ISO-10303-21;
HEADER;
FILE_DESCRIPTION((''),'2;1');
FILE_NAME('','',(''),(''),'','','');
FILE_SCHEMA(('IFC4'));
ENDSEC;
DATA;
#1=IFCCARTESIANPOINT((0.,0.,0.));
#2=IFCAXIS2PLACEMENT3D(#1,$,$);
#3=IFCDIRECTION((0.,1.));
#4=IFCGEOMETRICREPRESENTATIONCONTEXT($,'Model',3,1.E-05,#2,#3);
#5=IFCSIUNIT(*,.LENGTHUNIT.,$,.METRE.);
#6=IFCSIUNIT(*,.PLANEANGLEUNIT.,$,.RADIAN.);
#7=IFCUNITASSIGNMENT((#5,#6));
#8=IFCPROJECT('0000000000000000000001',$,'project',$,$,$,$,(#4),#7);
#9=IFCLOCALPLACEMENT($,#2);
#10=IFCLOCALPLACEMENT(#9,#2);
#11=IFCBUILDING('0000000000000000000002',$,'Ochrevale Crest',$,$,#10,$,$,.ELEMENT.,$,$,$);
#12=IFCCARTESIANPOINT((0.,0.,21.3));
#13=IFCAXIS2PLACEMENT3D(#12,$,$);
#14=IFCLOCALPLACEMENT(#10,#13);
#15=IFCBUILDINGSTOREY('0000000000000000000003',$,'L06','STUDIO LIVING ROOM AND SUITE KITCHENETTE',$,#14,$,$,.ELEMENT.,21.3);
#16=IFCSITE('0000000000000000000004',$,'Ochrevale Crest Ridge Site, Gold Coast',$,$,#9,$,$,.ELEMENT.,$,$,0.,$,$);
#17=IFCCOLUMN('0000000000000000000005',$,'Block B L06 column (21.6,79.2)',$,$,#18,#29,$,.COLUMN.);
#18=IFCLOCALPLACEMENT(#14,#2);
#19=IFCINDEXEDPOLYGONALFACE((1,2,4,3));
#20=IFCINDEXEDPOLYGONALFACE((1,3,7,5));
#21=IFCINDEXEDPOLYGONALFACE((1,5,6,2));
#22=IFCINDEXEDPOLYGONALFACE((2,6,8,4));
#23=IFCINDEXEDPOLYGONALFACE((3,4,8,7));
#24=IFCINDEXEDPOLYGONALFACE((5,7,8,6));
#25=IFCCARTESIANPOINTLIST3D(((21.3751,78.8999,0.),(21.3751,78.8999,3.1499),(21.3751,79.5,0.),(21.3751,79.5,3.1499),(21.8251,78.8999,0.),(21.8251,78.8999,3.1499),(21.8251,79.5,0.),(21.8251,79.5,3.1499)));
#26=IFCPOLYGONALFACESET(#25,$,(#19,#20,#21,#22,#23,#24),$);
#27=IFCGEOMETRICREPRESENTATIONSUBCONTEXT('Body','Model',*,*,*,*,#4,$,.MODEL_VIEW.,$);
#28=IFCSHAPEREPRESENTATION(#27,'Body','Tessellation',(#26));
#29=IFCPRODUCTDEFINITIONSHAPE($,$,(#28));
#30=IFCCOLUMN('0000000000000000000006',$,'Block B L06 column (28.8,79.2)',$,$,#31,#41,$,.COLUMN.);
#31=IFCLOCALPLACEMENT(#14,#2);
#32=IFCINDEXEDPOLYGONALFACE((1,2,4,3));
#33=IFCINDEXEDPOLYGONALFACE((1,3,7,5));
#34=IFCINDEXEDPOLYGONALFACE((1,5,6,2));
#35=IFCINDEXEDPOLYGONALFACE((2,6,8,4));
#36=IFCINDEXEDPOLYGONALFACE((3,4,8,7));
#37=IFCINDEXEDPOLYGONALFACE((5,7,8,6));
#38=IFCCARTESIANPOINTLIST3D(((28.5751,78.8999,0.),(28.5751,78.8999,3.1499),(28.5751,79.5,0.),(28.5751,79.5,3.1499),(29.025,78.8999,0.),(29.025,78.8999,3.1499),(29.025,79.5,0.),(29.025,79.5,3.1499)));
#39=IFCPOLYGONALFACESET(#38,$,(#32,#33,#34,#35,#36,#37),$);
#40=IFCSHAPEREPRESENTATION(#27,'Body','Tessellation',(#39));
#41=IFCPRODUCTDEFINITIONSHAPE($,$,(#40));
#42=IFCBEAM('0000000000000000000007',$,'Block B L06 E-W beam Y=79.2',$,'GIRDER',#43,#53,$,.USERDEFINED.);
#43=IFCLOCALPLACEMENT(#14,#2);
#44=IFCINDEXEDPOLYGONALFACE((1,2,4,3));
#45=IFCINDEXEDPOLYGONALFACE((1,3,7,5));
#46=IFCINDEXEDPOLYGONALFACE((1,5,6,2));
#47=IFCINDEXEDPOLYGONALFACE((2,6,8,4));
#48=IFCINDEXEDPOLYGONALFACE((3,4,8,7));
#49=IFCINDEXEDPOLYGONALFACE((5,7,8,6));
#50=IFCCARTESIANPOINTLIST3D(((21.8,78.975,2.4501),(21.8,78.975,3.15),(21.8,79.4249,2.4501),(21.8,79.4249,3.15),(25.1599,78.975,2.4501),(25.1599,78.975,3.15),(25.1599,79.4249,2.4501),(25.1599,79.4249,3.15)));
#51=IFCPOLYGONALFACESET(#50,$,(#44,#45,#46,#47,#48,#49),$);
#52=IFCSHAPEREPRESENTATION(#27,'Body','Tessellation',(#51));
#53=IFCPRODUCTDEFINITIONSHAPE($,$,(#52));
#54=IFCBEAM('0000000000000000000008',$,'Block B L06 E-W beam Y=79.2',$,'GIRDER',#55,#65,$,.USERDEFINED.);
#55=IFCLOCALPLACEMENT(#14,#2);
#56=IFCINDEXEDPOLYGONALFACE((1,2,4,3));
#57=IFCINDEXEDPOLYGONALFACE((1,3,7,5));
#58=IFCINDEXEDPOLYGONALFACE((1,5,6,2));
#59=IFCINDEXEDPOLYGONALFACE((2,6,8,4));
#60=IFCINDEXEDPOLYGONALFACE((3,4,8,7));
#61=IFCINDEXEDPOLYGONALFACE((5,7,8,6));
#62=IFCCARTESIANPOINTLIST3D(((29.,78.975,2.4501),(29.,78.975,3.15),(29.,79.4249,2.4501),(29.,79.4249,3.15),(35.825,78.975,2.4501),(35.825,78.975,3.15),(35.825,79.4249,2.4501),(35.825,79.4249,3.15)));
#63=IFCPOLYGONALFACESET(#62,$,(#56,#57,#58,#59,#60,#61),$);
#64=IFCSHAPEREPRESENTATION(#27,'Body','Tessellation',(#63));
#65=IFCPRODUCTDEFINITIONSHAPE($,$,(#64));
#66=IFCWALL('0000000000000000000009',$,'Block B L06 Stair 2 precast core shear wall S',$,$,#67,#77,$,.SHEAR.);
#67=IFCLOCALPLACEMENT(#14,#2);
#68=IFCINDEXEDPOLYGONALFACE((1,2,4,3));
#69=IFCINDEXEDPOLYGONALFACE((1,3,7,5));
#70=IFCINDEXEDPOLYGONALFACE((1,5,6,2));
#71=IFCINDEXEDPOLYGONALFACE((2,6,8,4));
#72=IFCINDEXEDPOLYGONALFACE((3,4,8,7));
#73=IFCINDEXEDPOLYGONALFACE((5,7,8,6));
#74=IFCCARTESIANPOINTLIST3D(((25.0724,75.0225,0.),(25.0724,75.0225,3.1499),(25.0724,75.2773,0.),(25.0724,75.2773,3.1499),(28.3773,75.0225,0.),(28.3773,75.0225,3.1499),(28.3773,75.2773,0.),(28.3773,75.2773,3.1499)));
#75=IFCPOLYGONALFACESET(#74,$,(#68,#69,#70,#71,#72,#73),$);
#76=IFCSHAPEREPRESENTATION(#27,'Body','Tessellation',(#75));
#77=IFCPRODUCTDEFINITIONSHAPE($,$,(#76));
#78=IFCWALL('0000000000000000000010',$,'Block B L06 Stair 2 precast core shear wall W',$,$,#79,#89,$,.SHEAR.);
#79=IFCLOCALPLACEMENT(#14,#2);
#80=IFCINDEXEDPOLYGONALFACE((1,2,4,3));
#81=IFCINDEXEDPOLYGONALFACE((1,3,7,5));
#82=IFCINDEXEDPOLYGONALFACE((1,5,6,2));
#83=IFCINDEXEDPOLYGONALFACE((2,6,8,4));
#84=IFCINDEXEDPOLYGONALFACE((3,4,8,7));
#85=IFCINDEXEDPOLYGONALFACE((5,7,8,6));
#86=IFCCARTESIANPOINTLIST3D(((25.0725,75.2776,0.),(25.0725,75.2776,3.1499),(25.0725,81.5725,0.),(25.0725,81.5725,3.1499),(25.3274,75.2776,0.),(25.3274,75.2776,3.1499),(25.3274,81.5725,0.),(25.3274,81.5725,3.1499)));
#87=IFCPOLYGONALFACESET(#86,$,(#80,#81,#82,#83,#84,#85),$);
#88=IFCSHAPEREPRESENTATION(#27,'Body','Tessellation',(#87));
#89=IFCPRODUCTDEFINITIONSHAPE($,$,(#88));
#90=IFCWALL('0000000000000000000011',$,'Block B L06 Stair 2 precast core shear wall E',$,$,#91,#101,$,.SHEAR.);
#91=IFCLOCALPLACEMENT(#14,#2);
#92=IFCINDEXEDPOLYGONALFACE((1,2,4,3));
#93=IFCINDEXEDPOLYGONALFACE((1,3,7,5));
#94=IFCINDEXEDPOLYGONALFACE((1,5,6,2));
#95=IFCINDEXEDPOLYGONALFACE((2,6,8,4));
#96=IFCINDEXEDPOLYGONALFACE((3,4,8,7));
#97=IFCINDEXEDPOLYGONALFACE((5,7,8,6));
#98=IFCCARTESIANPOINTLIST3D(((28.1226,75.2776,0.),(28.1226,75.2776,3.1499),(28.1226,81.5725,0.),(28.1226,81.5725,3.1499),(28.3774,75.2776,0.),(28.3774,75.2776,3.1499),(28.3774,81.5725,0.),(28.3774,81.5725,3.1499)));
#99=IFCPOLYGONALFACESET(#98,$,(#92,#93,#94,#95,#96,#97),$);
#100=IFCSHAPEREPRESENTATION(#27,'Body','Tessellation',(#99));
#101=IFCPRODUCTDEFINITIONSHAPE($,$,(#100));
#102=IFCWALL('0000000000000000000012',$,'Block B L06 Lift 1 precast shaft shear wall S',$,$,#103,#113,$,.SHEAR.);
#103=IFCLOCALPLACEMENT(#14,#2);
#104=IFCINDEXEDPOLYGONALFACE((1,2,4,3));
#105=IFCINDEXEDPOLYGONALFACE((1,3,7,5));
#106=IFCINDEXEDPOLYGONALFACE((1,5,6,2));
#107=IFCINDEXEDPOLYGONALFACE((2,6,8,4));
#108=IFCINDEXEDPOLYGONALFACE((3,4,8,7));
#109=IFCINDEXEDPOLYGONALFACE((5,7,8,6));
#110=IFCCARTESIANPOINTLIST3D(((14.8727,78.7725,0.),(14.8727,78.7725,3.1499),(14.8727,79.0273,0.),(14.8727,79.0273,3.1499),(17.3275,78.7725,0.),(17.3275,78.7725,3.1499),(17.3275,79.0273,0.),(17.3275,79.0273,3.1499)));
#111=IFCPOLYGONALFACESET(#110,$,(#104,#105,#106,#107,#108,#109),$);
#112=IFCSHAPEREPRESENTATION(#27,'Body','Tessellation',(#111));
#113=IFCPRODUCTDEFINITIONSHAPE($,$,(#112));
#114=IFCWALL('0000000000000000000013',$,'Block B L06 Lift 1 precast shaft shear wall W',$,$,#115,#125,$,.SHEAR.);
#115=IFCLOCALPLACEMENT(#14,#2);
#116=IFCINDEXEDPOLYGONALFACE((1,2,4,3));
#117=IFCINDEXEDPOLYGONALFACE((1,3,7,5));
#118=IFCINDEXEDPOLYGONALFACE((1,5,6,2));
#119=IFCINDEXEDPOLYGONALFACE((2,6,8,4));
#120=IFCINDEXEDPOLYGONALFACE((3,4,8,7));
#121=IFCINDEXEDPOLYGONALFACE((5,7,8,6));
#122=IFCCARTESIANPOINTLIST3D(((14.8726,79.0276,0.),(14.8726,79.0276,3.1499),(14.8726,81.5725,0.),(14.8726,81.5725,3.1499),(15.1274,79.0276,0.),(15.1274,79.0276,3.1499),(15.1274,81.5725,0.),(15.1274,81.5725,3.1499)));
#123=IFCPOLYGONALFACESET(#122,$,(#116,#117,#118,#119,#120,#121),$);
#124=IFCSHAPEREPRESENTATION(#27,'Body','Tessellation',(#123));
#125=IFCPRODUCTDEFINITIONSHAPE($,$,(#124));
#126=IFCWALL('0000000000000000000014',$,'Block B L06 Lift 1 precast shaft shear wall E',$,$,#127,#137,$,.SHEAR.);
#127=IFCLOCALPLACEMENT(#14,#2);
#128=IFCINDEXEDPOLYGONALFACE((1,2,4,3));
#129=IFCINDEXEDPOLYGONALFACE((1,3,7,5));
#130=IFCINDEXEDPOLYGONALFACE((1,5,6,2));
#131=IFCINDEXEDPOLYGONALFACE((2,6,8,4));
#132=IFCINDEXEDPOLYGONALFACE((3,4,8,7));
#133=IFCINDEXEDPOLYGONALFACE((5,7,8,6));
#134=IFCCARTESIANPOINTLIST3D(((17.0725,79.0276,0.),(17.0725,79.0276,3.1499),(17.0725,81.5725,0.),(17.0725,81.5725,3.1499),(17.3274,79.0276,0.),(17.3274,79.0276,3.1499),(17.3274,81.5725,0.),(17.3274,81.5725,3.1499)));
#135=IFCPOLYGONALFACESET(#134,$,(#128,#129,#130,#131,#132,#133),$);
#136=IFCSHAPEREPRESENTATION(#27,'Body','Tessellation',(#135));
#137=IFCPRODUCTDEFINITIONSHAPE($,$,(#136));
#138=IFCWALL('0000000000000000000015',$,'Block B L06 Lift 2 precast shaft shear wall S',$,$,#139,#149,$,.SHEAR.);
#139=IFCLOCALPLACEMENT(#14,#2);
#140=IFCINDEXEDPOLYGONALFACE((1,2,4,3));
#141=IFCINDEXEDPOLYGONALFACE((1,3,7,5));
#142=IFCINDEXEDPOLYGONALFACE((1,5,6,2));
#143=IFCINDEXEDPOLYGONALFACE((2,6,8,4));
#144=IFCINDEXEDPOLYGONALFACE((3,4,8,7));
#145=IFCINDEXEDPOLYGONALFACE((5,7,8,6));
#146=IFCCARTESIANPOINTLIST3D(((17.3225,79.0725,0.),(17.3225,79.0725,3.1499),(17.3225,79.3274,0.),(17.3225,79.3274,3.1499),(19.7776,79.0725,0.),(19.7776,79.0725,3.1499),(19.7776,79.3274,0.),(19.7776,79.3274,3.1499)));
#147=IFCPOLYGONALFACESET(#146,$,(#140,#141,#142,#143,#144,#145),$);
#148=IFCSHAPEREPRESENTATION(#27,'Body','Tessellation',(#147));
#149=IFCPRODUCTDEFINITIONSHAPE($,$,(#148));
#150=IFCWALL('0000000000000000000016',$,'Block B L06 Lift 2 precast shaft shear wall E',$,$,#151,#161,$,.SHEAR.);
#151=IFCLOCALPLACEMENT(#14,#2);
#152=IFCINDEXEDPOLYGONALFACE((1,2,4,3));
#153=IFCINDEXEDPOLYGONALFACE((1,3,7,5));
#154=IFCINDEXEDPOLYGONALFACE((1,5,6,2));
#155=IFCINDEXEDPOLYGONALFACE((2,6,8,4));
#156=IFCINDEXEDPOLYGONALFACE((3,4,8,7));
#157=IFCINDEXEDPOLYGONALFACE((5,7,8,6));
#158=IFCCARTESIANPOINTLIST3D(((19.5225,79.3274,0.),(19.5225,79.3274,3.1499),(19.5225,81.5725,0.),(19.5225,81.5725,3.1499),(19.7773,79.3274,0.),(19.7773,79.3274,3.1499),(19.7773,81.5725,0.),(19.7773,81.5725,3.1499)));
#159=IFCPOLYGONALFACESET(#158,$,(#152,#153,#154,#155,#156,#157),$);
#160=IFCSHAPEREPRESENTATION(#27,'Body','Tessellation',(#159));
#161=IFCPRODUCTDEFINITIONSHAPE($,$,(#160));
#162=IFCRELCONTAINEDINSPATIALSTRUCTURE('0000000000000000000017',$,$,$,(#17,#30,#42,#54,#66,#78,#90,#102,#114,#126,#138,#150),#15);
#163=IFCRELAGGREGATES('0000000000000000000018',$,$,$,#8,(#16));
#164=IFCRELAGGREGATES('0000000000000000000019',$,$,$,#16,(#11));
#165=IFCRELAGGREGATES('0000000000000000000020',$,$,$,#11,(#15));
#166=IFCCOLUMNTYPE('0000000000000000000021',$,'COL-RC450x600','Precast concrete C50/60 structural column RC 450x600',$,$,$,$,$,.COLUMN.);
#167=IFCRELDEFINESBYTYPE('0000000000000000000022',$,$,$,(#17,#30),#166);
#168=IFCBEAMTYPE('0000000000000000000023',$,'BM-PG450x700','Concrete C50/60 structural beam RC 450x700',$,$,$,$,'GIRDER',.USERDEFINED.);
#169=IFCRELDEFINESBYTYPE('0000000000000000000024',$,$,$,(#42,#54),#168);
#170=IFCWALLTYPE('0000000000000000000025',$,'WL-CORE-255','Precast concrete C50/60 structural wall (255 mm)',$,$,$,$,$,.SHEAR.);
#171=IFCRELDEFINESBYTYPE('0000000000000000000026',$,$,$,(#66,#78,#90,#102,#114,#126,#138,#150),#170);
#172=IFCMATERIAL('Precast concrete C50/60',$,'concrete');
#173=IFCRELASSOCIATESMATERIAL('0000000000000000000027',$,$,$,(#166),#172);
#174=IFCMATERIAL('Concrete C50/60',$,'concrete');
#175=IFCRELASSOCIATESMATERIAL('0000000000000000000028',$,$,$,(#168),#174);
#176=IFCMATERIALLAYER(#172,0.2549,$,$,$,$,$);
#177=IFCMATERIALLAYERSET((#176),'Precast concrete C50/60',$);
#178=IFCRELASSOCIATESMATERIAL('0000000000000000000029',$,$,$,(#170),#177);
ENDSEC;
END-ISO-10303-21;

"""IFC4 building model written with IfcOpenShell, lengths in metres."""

from ifc_helpers import new_model, si_unit, direction, frame, frame_2d, origin, origin_2d, place, context, subcontext, project, spatial, rectangle, extrude, material, layer, layer_set, material_profile, profile_set, type_object, element, save


model = new_model("IFC4")

# Units and contexts
model_context = context("Model", 3, precision=1e-05, world=origin(), true_north=direction((0.0, 1.0)))
body_context = subcontext(model_context, "Body", "Model", "MODEL_VIEW")
ifc_project = project(units=[si_unit("LENGTHUNIT", "METRE"), si_unit("PLANEANGLEUNIT", "RADIAN")], contexts=[model_context])

# Site, building, storey
site_placement = place(None, origin())
site = spatial("IfcSite", under=ifc_project, at=site_placement, Name="Ochrevale Crest Ridge Site, Gold Coast", CompositionType="ELEMENT", RefElevation=0.0)
building_placement = place(site_placement, origin())
building = spatial("IfcBuilding", under=site, at=building_placement, Name="Ochrevale Crest", CompositionType="ELEMENT")
storey_placement = place(building_placement, frame((0.0, 0.0, 21.3)))
storey = spatial("IfcBuildingStorey", under=building, at=storey_placement, Name="L06", Description="STUDIO LIVING ROOM AND SUITE KITCHENETTE", CompositionType="ELEMENT", Elevation=21.3)

# Columns
ifc_material_1 = material(Name="Precast concrete C50/60", Category="concrete")
ifc_material_profile_1 = material_profile(ifc_material_1, rectangle(XDim=0.45, YDim=0.6001, at=origin_2d()), Name="RC 450x600")
ifc_profile_set_1 = profile_set([ifc_material_profile_1], Name="Precast concrete C50/60")
column_type = type_object("IfcColumnType", Name="COL-RC450x600", Description="Precast concrete C50/60 structural column RC 450x600", PredefinedType="COLUMN", material=ifc_profile_set_1)
for number, where, z_axis, x_axis, name in (
    (1, (21.6001, 79.2, 0.0), (0.0, 0.0, 1.0), (1.0, 0.0, 0.0), "Block B L06 column (21.6,79.2)"),
    (2, (28.8, 79.2, 0.0), (0.0, 0.0, 1.0), (1.0, 0.0, 0.0), "Block B L06 column (28.8,79.2)"),
):
    element("IfcColumn", number, at=place(storey_placement, frame(where, z_axis=z_axis, x_axis=x_axis)), inside=storey, type_object=column_type, Name=name, PredefinedType="COLUMN", context=body_context, shape_type="SweptSolid", body=[
        extrude(rectangle(XDim=0.45, YDim=0.6001, at=origin_2d()), origin(), (0.0, 0.0, 1.0), 3.1499),
    ])

# Beams
ifc_material_2 = material(Name="Concrete C50/60", Category="concrete")
ifc_material_profile_2 = material_profile(ifc_material_2, rectangle(XDim=0.45, YDim=0.7, at=origin_2d()), Name="RC 450x700")
ifc_profile_set_2 = profile_set([ifc_material_profile_2], Name="Concrete C50/60")
beam_type = type_object("IfcBeamType", Name="BM-PG450x700", Description="Concrete C50/60 structural beam RC 450x700", ElementType="GIRDER", PredefinedType="USERDEFINED", material=ifc_profile_set_2)
beam_1_placement = place(storey_placement, frame((21.8, 79.2, 2.8), z_axis=(1.0, 0.0, 0.0), x_axis=(0.0, 1.0, 0.0)))
element("IfcBeam", 3, at=beam_1_placement, inside=storey, type_object=beam_type, Name="Block B L06 E-W beam Y=79.2", ObjectType="GIRDER", PredefinedType="USERDEFINED", context=body_context, shape_type="SweptSolid", body=[
    extrude(rectangle(XDim=0.45, YDim=0.7, at=origin_2d()), origin(), (0.0, 0.0, 1.0), 3.3599),
])
beam_2_placement = place(storey_placement, frame((29.0, 79.2, 2.8), z_axis=(1.0, 0.0, 0.0), x_axis=(0.0, 1.0, 0.0)))
element("IfcBeam", 4, at=beam_2_placement, inside=storey, type_object=beam_type, Name="Block B L06 E-W beam Y=79.2", ObjectType="GIRDER", PredefinedType="USERDEFINED", context=body_context, shape_type="SweptSolid", body=[
    extrude(rectangle(XDim=0.45, YDim=0.7, at=origin_2d()), origin(), (0.0, 0.0, 1.0), 6.825),
])

# Walls
ifc_layer_1 = layer(ifc_material_1, 0.2549)
ifc_layer_set_1 = layer_set([ifc_layer_1], Name="Precast concrete C50/60")
wall_type_1 = type_object("IfcWallType", Name="WL-CORE-255", Description="Precast concrete C50/60 structural wall (255 mm)", PredefinedType="SHEAR", material=ifc_layer_set_1)
wall_1_placement = place(storey_placement, frame((25.0725, 75.1499, 0.0), z_axis=(0.0, 0.0, 1.0), x_axis=(1.0, 0.0, 0.0)))
element("IfcWall", 5, at=wall_1_placement, inside=storey, type_object=wall_type_1, Name="Block B L06 Stair 2 precast core shear wall S", PredefinedType="SHEAR", context=body_context, shape_type="SweptSolid", body=[
    extrude(rectangle(XDim=3.3049, YDim=0.2549, at=frame_2d((1.6523, 0.0))), origin(), (0.0, 0.0, 1.0), 3.1499),
])
for number, where, z_axis, x_axis, name in (
    (6, (25.2, 75.2776, 0.0), (0.0, 0.0, 1.0), (0.0, 1.0, 0.0), "Block B L06 Stair 2 precast core shear wall W"),
    (7, (28.25, 75.2776, 0.0), (0.0, 0.0, 1.0), (0.0, 1.0, 0.0), "Block B L06 Stair 2 precast core shear wall E"),
):
    element("IfcWall", number, at=place(storey_placement, frame(where, z_axis=z_axis, x_axis=x_axis)), inside=storey, type_object=wall_type_1, Name=name, PredefinedType="SHEAR", context=body_context, shape_type="SweptSolid", body=[
        extrude(rectangle(XDim=6.2949, YDim=0.2549, at=frame_2d((3.1475, 0.0))), origin(), (0.0, 0.0, 1.0), 3.1499),
    ])
wall_2_placement = place(storey_placement, frame((14.8726, 78.8999, 0.0), z_axis=(0.0, 0.0, 1.0), x_axis=(1.0, 0.0, 0.0)))
element("IfcWall", 8, at=wall_2_placement, inside=storey, type_object=wall_type_1, Name="Block B L06 Lift 1 precast shaft shear wall S", PredefinedType="SHEAR", context=body_context, shape_type="SweptSolid", body=[
    extrude(rectangle(XDim=2.4548, YDim=0.2549, at=frame_2d((1.2275, 0.0))), origin(), (0.0, 0.0, 1.0), 3.1499),
])
for number, where, z_axis, x_axis, name in (
    (9, (15.0, 79.0276, 0.0), (0.0, 0.0, 1.0), (0.0, 1.0, 0.0), "Block B L06 Lift 1 precast shaft shear wall W"),
    (10, (17.2, 79.0276, 0.0), (0.0, 0.0, 1.0), (0.0, 1.0, 0.0), "Block B L06 Lift 1 precast shaft shear wall E"),
):
    element("IfcWall", number, at=place(storey_placement, frame(where, z_axis=z_axis, x_axis=x_axis)), inside=storey, type_object=wall_type_1, Name=name, PredefinedType="SHEAR", context=body_context, shape_type="SweptSolid", body=[
        extrude(rectangle(XDim=2.5449, YDim=0.2549, at=frame_2d((1.2725, 0.0))), origin(), (0.0, 0.0, 1.0), 3.1499),
    ])
wall_3_placement = place(storey_placement, frame((17.3225, 79.2, 0.0), z_axis=(0.0, 0.0, 1.0), x_axis=(1.0, 0.0, 0.0)))
element("IfcWall", 11, at=wall_3_placement, inside=storey, type_object=wall_type_1, Name="Block B L06 Lift 2 precast shaft shear wall S", PredefinedType="SHEAR", context=body_context, shape_type="SweptSolid", body=[
    extrude(rectangle(XDim=2.4551, YDim=0.2549, at=frame_2d((1.2275, 0.0))), origin(), (0.0, 0.0, 1.0), 3.1499),
])
wall_4_placement = place(storey_placement, frame((19.6499, 79.3274, 0.0), z_axis=(0.0, 0.0, 1.0), x_axis=(0.0, 1.0, 0.0)))
element("IfcWall", 12, at=wall_4_placement, inside=storey, type_object=wall_type_1, Name="Block B L06 Lift 2 precast shaft shear wall E", PredefinedType="SHEAR", context=body_context, shape_type="SweptSolid", body=[
    extrude(rectangle(XDim=2.2451, YDim=0.2549, at=frame_2d((1.1226, 0.0))), origin(), (0.0, 0.0, 1.0), 3.1499),
])

save(model, "model.ifc")
